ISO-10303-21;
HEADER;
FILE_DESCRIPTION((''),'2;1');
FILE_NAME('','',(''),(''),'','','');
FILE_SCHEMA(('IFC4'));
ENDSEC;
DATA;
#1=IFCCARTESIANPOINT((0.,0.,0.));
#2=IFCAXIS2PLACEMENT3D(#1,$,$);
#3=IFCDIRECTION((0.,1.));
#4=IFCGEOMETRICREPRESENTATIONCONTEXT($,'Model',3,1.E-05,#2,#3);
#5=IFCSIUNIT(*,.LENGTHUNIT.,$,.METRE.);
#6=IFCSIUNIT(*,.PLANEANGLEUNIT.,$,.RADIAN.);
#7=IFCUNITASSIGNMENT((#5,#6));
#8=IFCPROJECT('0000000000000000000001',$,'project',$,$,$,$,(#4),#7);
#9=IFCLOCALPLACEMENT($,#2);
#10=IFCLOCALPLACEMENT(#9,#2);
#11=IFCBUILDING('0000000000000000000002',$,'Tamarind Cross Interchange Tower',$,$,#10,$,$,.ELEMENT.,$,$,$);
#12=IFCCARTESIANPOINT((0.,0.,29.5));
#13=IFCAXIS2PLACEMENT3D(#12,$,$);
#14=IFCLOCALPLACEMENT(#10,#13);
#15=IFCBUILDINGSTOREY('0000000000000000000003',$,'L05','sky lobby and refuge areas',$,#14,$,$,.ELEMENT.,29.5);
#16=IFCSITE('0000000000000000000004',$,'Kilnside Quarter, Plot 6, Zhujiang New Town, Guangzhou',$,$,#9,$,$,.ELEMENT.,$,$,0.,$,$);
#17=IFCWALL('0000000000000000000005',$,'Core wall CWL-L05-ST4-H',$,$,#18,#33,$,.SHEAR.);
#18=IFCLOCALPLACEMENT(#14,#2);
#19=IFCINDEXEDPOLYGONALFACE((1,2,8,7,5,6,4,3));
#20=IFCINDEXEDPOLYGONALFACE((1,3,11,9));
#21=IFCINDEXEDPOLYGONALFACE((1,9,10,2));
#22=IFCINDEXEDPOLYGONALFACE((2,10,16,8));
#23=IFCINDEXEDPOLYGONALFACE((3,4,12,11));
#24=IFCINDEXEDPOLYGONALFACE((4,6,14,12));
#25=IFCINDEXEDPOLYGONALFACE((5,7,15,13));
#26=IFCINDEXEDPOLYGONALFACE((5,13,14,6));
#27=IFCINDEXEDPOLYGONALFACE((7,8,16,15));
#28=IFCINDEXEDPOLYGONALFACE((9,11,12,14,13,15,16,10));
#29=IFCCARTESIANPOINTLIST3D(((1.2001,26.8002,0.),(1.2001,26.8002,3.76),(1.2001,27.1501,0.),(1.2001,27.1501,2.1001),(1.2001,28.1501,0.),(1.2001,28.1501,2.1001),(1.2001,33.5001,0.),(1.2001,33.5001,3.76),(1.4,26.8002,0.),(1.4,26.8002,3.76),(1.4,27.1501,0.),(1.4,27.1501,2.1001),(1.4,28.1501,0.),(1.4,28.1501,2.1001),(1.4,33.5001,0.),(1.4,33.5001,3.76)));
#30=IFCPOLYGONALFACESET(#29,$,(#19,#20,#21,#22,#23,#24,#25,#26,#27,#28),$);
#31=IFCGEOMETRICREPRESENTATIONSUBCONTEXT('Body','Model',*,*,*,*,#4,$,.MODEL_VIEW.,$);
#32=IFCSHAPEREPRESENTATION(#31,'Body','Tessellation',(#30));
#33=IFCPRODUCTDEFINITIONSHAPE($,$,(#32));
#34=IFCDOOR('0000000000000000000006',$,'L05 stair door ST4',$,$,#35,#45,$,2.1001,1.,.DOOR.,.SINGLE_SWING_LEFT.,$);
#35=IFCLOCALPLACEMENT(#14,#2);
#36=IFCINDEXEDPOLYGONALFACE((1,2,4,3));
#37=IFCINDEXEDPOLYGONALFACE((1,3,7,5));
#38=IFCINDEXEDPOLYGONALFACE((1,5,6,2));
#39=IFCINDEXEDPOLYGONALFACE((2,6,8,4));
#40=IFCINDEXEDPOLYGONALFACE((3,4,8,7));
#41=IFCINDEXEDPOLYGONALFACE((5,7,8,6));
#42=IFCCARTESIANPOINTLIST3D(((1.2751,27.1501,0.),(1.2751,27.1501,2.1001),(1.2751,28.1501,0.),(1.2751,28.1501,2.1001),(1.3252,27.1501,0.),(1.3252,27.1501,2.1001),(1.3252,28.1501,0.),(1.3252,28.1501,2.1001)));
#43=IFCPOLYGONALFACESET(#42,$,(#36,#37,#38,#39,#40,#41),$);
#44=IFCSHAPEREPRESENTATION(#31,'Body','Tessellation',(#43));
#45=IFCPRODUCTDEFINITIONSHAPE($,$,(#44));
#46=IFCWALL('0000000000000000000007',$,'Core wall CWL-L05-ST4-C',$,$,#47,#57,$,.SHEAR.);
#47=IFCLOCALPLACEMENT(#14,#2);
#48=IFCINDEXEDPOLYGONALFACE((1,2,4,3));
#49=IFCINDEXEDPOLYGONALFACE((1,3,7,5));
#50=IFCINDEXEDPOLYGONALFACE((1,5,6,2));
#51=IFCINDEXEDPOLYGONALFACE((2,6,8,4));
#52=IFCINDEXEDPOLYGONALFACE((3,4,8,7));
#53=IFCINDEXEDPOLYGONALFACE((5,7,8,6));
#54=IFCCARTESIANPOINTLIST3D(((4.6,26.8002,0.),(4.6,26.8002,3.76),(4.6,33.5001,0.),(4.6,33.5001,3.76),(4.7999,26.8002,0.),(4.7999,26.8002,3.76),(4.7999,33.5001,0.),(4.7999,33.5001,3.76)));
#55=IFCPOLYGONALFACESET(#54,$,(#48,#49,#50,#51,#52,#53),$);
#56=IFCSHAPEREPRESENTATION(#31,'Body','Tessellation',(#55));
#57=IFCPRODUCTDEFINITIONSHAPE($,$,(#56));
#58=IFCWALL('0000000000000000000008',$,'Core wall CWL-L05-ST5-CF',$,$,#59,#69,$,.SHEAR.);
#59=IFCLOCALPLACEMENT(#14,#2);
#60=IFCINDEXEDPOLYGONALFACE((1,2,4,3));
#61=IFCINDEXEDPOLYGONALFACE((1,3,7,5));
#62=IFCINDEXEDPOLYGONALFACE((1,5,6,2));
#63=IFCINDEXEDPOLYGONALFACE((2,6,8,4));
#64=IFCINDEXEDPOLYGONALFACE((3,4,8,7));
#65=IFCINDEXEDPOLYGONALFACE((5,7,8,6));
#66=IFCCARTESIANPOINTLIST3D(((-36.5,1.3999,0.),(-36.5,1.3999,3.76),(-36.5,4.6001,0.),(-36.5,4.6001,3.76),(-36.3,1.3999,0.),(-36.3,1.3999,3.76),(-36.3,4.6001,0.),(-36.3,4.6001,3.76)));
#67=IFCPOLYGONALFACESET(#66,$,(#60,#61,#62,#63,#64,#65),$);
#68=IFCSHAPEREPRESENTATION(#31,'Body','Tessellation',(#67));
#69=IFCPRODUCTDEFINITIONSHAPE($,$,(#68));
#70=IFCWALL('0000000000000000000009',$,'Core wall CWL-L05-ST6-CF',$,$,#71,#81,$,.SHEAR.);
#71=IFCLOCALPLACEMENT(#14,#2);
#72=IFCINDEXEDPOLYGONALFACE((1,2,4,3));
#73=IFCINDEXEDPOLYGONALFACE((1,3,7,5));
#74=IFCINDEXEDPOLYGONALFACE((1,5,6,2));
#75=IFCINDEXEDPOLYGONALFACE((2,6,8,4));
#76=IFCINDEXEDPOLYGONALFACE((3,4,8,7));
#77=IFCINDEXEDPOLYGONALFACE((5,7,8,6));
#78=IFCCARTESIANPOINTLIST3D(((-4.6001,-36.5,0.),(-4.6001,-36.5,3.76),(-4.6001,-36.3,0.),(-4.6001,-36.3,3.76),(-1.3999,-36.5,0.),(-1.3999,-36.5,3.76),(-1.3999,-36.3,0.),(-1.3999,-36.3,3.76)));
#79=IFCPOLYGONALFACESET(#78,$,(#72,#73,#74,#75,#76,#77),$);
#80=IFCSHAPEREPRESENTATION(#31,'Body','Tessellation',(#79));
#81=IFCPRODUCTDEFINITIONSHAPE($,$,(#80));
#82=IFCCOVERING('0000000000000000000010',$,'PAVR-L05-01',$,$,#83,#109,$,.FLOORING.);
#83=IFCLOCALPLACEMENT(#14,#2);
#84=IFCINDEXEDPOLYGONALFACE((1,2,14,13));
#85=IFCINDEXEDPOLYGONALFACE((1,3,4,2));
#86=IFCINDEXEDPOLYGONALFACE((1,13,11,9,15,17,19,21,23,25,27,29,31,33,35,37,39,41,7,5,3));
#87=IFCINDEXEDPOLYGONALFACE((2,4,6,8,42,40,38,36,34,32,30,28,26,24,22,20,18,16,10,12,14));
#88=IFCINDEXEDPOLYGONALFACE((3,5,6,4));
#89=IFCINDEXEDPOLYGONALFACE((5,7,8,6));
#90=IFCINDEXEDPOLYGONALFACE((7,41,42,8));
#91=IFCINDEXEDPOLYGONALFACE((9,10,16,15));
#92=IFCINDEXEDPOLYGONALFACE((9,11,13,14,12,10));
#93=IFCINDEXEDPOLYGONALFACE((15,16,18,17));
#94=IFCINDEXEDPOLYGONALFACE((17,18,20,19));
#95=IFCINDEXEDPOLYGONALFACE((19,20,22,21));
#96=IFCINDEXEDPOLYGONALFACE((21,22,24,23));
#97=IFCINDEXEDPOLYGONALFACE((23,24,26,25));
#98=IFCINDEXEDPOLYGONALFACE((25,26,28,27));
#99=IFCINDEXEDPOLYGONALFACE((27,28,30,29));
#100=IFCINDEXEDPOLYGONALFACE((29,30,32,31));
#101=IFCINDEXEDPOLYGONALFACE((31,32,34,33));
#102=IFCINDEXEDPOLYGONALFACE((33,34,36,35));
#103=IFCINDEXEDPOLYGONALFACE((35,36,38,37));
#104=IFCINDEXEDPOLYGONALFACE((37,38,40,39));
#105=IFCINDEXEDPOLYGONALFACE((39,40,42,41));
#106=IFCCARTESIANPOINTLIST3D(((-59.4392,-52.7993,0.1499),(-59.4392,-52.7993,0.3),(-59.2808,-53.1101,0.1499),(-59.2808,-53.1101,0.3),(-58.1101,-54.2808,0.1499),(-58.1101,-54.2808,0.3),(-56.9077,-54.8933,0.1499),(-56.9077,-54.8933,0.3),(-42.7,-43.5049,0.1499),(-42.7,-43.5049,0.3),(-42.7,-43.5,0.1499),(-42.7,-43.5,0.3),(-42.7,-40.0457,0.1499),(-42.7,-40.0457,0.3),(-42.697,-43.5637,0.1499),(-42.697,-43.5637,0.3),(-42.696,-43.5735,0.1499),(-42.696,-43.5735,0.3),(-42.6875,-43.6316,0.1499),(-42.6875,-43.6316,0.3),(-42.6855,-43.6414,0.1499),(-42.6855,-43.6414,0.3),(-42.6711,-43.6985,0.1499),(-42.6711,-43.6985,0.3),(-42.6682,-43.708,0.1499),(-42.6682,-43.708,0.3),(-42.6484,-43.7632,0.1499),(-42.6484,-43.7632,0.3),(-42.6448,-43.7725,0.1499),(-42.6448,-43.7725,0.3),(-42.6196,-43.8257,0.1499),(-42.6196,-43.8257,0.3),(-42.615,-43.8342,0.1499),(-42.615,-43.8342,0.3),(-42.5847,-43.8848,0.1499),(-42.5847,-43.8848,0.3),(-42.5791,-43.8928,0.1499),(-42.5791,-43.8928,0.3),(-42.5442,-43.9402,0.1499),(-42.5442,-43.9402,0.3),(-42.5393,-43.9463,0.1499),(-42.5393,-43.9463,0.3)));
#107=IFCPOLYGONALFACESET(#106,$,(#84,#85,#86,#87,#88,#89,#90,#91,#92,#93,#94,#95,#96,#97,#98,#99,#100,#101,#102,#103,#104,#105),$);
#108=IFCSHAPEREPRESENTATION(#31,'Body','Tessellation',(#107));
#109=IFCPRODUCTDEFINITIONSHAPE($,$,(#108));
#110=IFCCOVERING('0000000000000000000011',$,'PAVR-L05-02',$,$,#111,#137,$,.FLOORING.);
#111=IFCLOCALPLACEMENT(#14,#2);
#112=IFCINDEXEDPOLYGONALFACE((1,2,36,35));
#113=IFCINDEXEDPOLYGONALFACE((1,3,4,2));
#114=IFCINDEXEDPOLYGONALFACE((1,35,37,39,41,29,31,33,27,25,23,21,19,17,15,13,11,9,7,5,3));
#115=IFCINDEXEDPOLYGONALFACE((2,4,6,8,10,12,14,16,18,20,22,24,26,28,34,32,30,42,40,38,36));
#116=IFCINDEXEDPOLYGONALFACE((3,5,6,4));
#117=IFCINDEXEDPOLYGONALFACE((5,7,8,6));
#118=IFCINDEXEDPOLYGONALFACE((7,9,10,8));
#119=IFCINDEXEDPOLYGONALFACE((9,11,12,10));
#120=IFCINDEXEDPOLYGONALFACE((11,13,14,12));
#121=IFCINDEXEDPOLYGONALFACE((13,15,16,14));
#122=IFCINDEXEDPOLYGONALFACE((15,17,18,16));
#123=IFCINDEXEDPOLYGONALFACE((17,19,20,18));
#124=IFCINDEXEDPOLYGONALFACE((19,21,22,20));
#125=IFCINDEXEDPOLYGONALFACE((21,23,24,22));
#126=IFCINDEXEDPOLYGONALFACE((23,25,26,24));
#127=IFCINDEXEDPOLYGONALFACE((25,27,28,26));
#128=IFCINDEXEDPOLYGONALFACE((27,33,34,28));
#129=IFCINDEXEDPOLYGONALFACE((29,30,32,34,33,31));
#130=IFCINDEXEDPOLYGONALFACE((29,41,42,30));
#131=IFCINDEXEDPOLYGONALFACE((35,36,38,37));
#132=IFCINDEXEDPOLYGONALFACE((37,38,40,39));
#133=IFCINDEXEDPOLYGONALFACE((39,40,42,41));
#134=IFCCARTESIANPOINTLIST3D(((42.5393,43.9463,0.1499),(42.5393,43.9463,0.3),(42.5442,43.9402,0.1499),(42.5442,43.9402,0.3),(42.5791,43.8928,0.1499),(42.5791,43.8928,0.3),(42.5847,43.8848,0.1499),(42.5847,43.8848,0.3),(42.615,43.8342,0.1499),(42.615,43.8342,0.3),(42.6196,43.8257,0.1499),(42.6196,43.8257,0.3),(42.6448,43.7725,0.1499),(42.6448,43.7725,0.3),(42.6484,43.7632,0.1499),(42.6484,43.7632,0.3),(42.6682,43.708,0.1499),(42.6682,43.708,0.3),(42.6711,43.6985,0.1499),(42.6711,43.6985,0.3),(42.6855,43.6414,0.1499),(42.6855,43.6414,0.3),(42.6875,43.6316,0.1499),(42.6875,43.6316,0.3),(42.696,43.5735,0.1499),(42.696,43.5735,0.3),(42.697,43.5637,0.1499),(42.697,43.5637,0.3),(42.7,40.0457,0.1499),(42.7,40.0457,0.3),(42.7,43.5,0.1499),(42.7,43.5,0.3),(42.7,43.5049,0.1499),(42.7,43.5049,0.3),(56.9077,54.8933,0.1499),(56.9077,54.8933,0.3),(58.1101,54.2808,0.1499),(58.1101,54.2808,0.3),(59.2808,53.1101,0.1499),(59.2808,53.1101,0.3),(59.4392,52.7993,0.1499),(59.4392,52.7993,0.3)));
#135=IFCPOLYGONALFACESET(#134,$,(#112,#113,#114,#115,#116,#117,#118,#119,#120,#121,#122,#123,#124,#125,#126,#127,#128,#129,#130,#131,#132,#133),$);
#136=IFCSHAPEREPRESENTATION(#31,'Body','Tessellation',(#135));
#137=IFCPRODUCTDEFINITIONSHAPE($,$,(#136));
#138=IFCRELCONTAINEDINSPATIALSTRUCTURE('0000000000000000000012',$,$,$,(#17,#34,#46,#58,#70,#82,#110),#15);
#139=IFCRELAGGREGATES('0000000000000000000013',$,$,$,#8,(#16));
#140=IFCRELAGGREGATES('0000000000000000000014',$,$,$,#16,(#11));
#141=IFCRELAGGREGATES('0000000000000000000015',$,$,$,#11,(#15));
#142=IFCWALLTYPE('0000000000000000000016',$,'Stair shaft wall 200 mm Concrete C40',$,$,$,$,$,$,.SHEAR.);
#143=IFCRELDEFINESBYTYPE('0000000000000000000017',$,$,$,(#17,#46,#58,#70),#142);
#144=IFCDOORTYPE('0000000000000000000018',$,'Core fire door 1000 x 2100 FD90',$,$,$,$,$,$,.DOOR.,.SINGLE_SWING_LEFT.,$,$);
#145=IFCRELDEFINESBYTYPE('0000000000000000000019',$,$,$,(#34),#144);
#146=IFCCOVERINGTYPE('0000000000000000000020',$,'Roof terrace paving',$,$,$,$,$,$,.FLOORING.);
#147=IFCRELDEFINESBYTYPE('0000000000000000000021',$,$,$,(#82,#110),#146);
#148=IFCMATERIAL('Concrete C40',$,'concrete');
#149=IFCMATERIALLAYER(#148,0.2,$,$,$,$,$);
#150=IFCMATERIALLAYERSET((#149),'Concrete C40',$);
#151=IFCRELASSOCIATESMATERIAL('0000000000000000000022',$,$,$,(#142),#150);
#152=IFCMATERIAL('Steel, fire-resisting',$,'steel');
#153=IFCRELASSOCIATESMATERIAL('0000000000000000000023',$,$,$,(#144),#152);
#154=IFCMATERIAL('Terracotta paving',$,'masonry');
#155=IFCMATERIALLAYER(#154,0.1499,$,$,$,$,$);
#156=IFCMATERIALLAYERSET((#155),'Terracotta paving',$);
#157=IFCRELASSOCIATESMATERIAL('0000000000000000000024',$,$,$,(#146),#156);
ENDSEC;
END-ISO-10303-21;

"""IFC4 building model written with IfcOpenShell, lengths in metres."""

from ifc_helpers import new_model, si_unit, direction, frame, frame_2d, origin, place, context, subcontext, project, spatial, polyline, rectangle, outline, extrude, material, layer, layer_set, type_object, element, fill, save


model = new_model("IFC4")

# Units and contexts
model_context = context("Model", 3, precision=1e-05, world=origin(), true_north=direction((0.0, 1.0)))
body_context = subcontext(model_context, "Body", "Model", "MODEL_VIEW")
ifc_project = project(units=[si_unit("LENGTHUNIT", "METRE"), si_unit("PLANEANGLEUNIT", "RADIAN")], contexts=[model_context])

# Site, building, storey
site_placement = place(None, origin())
site = spatial("IfcSite", under=ifc_project, at=site_placement, Name="Kilnside Quarter, Plot 6, Zhujiang New Town, Guangzhou", CompositionType="ELEMENT", RefElevation=0.0)
building_placement = place(site_placement, origin())
building = spatial("IfcBuilding", under=site, at=building_placement, Name="Tamarind Cross Interchange Tower", CompositionType="ELEMENT")
storey_placement = place(building_placement, frame((0.0, 0.0, 29.5)))
storey = spatial("IfcBuildingStorey", under=building, at=storey_placement, Name="L05", Description="sky lobby and refuge areas", CompositionType="ELEMENT", Elevation=29.5)

# Shared definitions
ifc_material_1 = material(Name="Concrete C40", Category="concrete")

# Wall, opening, door
ifc_layer_1 = layer(ifc_material_1, 0.2)
ifc_layer_set_1 = layer_set([ifc_layer_1], Name="Concrete C40")
wall_type_1 = type_object("IfcWallType", Name="Stair shaft wall 200 mm Concrete C40", PredefinedType="SHEAR", material=ifc_layer_set_1)
wall_1_placement = place(storey_placement, frame((1.3, 26.8, 0.0), z_axis=(0.0, 0.0, 1.0), x_axis=(0.0, 1.0, 0.0)))
wall_1 = element("IfcWall", 1, at=wall_1_placement, inside=storey, type_object=wall_type_1, Name="Core wall CWL-L05-ST4-H", PredefinedType="SHEAR", context=body_context, shape_type="SweptSolid", body=[
    extrude(rectangle(XDim=6.7, YDim=0.2, at=frame_2d((3.3501, 0.0))), origin(), (0.0, 0.0, 1.0), 3.76),
])
opening_1_placement = place(wall_1_placement, frame((0.3501, 0.0, 0.0)))
opening_1 = element("IfcOpeningElement", 2, at=opening_1_placement, cuts=wall_1, PredefinedType="OPENING", context=body_context, shape_type="SweptSolid", body=[
    extrude(rectangle(XDim=1.0, YDim=2.1001, at=frame_2d((0.5, 1.05))), frame((0.0, 0.1099, 0.0), z_axis=(0.0, -1.0, 0.0), x_axis=(1.0, 0.0, 0.0)), (0.0, 0.0, 1.0), 0.22),
])
ifc_material_2 = material(Name="Steel, fire-resisting", Category="steel")
door_type_1 = type_object("IfcDoorType", Name="Core fire door 1000 x 2100 FD90", OperationType="SINGLE_SWING_LEFT", PredefinedType="DOOR", material=ifc_material_2)
door_1_placement = place(opening_1_placement, origin())
door_1 = element("IfcDoor", 3, at=door_1_placement, inside=storey, type_object=door_type_1, Name="L05 stair door ST4", OperationType="SINGLE_SWING_LEFT", OverallHeight=2.1001, OverallWidth=1.0, PredefinedType="DOOR", context=body_context, shape_type="SweptSolid", body=[
    extrude(rectangle(XDim=1.0, YDim=2.1001, at=frame_2d((0.5, 1.05))), frame((0.0, 0.0249, 0.0), z_axis=(0.0, -1.0, 0.0), x_axis=(1.0, 0.0, 0.0)), (0.0, 0.0, 1.0), 0.05),
])
fill(opening_1, door_1)

# Walls
wall_2_placement = place(storey_placement, frame((4.7, 26.8, 0.0), z_axis=(0.0, 0.0, 1.0), x_axis=(0.0, 1.0, 0.0)))
element("IfcWall", 4, at=wall_2_placement, inside=storey, type_object=wall_type_1, Name="Core wall CWL-L05-ST4-C", PredefinedType="SHEAR", context=body_context, shape_type="SweptSolid", body=[
    extrude(rectangle(XDim=6.7, YDim=0.2, at=frame_2d((3.3501, 0.0))), origin(), (0.0, 0.0, 1.0), 3.76),
])
wall_3_placement = place(storey_placement, origin())
element("IfcWall", 5, at=wall_3_placement, inside=storey, type_object=wall_type_1, Name="Core wall CWL-L05-ST5-CF", PredefinedType="SHEAR", context=body_context, shape_type="SweptSolid", body=[
    extrude(outline(polyline([(-36.3, 4.6001), (-36.5, 4.6001), (-36.5, 1.3999), (-36.3, 1.3999), (-36.3, 4.6001)])), origin(), (0.0, 0.0, 1.0), 3.76),
])
wall_4_placement = place(storey_placement, origin())
element("IfcWall", 6, at=wall_4_placement, inside=storey, type_object=wall_type_1, Name="Core wall CWL-L05-ST6-CF", PredefinedType="SHEAR", context=body_context, shape_type="SweptSolid", body=[
    extrude(outline(polyline([(-4.6001, -36.3), (-4.6001, -36.5), (-1.3999, -36.5), (-1.3999, -36.3), (-4.6001, -36.3)])), origin(), (0.0, 0.0, 1.0), 3.76),
])

# Coverings
ifc_material_3 = material(Name="Terracotta paving", Category="masonry")
ifc_layer_2 = layer(ifc_material_3, 0.1499)
ifc_layer_set_2 = layer_set([ifc_layer_2], Name="Terracotta paving")
covering_type = type_object("IfcCoveringType", Name="Roof terrace paving", PredefinedType="FLOORING", material=ifc_layer_set_2)
covering_1_placement = place(storey_placement, frame((0.0, 0.0, 0.1499)))
element("IfcCovering", 7, at=covering_1_placement, inside=storey, type_object=covering_type, Name="PAVR-L05-01", PredefinedType="FLOORING", context=body_context, shape_type="SweptSolid", body=[
    extrude(outline(polyline([(-58.1101, -54.2808), (-56.9077, -54.8933), (-42.5393, -43.9463), (-42.5442, -43.9402), (-42.5791, -43.8928), (-42.5847, -43.8848), (-42.615, -43.8342), (-42.6196, -43.8257), (-42.6448, -43.7725), (-42.6484, -43.7632), (-42.6682, -43.708), (-42.6711, -43.6985), (-42.6855, -43.6414), (-42.6875, -43.6316), (-42.696, -43.5735), (-42.697, -43.5637), (-42.7, -43.5049), (-42.7, -43.5), (-42.7, -40.0457), (-59.4392, -52.7993), (-59.2808, -53.1101), (-58.1101, -54.2808)])), origin(), (0.0, 0.0, 1.0), 0.1501),
])
covering_2_placement = place(storey_placement, frame((0.0, 0.0, 0.1499)))
element("IfcCovering", 8, at=covering_2_placement, inside=storey, type_object=covering_type, Name="PAVR-L05-02", PredefinedType="FLOORING", context=body_context, shape_type="SweptSolid", body=[
    extrude(outline(polyline([(58.1101, 54.2808), (56.9077, 54.8933), (42.5393, 43.9463), (42.5442, 43.9402), (42.5791, 43.8928), (42.5847, 43.8848), (42.615, 43.8342), (42.6196, 43.8257), (42.6448, 43.7725), (42.6484, 43.7632), (42.6682, 43.708), (42.6711, 43.6985), (42.6855, 43.6414), (42.6875, 43.6316), (42.696, 43.5735), (42.697, 43.5637), (42.7, 43.5049), (42.7, 43.5), (42.7, 40.0457), (59.4392, 52.7993), (59.2808, 53.1101), (58.1101, 54.2808)])), origin(), (0.0, 0.0, 1.0), 0.1501),
])

save(model, "model.ifc")
